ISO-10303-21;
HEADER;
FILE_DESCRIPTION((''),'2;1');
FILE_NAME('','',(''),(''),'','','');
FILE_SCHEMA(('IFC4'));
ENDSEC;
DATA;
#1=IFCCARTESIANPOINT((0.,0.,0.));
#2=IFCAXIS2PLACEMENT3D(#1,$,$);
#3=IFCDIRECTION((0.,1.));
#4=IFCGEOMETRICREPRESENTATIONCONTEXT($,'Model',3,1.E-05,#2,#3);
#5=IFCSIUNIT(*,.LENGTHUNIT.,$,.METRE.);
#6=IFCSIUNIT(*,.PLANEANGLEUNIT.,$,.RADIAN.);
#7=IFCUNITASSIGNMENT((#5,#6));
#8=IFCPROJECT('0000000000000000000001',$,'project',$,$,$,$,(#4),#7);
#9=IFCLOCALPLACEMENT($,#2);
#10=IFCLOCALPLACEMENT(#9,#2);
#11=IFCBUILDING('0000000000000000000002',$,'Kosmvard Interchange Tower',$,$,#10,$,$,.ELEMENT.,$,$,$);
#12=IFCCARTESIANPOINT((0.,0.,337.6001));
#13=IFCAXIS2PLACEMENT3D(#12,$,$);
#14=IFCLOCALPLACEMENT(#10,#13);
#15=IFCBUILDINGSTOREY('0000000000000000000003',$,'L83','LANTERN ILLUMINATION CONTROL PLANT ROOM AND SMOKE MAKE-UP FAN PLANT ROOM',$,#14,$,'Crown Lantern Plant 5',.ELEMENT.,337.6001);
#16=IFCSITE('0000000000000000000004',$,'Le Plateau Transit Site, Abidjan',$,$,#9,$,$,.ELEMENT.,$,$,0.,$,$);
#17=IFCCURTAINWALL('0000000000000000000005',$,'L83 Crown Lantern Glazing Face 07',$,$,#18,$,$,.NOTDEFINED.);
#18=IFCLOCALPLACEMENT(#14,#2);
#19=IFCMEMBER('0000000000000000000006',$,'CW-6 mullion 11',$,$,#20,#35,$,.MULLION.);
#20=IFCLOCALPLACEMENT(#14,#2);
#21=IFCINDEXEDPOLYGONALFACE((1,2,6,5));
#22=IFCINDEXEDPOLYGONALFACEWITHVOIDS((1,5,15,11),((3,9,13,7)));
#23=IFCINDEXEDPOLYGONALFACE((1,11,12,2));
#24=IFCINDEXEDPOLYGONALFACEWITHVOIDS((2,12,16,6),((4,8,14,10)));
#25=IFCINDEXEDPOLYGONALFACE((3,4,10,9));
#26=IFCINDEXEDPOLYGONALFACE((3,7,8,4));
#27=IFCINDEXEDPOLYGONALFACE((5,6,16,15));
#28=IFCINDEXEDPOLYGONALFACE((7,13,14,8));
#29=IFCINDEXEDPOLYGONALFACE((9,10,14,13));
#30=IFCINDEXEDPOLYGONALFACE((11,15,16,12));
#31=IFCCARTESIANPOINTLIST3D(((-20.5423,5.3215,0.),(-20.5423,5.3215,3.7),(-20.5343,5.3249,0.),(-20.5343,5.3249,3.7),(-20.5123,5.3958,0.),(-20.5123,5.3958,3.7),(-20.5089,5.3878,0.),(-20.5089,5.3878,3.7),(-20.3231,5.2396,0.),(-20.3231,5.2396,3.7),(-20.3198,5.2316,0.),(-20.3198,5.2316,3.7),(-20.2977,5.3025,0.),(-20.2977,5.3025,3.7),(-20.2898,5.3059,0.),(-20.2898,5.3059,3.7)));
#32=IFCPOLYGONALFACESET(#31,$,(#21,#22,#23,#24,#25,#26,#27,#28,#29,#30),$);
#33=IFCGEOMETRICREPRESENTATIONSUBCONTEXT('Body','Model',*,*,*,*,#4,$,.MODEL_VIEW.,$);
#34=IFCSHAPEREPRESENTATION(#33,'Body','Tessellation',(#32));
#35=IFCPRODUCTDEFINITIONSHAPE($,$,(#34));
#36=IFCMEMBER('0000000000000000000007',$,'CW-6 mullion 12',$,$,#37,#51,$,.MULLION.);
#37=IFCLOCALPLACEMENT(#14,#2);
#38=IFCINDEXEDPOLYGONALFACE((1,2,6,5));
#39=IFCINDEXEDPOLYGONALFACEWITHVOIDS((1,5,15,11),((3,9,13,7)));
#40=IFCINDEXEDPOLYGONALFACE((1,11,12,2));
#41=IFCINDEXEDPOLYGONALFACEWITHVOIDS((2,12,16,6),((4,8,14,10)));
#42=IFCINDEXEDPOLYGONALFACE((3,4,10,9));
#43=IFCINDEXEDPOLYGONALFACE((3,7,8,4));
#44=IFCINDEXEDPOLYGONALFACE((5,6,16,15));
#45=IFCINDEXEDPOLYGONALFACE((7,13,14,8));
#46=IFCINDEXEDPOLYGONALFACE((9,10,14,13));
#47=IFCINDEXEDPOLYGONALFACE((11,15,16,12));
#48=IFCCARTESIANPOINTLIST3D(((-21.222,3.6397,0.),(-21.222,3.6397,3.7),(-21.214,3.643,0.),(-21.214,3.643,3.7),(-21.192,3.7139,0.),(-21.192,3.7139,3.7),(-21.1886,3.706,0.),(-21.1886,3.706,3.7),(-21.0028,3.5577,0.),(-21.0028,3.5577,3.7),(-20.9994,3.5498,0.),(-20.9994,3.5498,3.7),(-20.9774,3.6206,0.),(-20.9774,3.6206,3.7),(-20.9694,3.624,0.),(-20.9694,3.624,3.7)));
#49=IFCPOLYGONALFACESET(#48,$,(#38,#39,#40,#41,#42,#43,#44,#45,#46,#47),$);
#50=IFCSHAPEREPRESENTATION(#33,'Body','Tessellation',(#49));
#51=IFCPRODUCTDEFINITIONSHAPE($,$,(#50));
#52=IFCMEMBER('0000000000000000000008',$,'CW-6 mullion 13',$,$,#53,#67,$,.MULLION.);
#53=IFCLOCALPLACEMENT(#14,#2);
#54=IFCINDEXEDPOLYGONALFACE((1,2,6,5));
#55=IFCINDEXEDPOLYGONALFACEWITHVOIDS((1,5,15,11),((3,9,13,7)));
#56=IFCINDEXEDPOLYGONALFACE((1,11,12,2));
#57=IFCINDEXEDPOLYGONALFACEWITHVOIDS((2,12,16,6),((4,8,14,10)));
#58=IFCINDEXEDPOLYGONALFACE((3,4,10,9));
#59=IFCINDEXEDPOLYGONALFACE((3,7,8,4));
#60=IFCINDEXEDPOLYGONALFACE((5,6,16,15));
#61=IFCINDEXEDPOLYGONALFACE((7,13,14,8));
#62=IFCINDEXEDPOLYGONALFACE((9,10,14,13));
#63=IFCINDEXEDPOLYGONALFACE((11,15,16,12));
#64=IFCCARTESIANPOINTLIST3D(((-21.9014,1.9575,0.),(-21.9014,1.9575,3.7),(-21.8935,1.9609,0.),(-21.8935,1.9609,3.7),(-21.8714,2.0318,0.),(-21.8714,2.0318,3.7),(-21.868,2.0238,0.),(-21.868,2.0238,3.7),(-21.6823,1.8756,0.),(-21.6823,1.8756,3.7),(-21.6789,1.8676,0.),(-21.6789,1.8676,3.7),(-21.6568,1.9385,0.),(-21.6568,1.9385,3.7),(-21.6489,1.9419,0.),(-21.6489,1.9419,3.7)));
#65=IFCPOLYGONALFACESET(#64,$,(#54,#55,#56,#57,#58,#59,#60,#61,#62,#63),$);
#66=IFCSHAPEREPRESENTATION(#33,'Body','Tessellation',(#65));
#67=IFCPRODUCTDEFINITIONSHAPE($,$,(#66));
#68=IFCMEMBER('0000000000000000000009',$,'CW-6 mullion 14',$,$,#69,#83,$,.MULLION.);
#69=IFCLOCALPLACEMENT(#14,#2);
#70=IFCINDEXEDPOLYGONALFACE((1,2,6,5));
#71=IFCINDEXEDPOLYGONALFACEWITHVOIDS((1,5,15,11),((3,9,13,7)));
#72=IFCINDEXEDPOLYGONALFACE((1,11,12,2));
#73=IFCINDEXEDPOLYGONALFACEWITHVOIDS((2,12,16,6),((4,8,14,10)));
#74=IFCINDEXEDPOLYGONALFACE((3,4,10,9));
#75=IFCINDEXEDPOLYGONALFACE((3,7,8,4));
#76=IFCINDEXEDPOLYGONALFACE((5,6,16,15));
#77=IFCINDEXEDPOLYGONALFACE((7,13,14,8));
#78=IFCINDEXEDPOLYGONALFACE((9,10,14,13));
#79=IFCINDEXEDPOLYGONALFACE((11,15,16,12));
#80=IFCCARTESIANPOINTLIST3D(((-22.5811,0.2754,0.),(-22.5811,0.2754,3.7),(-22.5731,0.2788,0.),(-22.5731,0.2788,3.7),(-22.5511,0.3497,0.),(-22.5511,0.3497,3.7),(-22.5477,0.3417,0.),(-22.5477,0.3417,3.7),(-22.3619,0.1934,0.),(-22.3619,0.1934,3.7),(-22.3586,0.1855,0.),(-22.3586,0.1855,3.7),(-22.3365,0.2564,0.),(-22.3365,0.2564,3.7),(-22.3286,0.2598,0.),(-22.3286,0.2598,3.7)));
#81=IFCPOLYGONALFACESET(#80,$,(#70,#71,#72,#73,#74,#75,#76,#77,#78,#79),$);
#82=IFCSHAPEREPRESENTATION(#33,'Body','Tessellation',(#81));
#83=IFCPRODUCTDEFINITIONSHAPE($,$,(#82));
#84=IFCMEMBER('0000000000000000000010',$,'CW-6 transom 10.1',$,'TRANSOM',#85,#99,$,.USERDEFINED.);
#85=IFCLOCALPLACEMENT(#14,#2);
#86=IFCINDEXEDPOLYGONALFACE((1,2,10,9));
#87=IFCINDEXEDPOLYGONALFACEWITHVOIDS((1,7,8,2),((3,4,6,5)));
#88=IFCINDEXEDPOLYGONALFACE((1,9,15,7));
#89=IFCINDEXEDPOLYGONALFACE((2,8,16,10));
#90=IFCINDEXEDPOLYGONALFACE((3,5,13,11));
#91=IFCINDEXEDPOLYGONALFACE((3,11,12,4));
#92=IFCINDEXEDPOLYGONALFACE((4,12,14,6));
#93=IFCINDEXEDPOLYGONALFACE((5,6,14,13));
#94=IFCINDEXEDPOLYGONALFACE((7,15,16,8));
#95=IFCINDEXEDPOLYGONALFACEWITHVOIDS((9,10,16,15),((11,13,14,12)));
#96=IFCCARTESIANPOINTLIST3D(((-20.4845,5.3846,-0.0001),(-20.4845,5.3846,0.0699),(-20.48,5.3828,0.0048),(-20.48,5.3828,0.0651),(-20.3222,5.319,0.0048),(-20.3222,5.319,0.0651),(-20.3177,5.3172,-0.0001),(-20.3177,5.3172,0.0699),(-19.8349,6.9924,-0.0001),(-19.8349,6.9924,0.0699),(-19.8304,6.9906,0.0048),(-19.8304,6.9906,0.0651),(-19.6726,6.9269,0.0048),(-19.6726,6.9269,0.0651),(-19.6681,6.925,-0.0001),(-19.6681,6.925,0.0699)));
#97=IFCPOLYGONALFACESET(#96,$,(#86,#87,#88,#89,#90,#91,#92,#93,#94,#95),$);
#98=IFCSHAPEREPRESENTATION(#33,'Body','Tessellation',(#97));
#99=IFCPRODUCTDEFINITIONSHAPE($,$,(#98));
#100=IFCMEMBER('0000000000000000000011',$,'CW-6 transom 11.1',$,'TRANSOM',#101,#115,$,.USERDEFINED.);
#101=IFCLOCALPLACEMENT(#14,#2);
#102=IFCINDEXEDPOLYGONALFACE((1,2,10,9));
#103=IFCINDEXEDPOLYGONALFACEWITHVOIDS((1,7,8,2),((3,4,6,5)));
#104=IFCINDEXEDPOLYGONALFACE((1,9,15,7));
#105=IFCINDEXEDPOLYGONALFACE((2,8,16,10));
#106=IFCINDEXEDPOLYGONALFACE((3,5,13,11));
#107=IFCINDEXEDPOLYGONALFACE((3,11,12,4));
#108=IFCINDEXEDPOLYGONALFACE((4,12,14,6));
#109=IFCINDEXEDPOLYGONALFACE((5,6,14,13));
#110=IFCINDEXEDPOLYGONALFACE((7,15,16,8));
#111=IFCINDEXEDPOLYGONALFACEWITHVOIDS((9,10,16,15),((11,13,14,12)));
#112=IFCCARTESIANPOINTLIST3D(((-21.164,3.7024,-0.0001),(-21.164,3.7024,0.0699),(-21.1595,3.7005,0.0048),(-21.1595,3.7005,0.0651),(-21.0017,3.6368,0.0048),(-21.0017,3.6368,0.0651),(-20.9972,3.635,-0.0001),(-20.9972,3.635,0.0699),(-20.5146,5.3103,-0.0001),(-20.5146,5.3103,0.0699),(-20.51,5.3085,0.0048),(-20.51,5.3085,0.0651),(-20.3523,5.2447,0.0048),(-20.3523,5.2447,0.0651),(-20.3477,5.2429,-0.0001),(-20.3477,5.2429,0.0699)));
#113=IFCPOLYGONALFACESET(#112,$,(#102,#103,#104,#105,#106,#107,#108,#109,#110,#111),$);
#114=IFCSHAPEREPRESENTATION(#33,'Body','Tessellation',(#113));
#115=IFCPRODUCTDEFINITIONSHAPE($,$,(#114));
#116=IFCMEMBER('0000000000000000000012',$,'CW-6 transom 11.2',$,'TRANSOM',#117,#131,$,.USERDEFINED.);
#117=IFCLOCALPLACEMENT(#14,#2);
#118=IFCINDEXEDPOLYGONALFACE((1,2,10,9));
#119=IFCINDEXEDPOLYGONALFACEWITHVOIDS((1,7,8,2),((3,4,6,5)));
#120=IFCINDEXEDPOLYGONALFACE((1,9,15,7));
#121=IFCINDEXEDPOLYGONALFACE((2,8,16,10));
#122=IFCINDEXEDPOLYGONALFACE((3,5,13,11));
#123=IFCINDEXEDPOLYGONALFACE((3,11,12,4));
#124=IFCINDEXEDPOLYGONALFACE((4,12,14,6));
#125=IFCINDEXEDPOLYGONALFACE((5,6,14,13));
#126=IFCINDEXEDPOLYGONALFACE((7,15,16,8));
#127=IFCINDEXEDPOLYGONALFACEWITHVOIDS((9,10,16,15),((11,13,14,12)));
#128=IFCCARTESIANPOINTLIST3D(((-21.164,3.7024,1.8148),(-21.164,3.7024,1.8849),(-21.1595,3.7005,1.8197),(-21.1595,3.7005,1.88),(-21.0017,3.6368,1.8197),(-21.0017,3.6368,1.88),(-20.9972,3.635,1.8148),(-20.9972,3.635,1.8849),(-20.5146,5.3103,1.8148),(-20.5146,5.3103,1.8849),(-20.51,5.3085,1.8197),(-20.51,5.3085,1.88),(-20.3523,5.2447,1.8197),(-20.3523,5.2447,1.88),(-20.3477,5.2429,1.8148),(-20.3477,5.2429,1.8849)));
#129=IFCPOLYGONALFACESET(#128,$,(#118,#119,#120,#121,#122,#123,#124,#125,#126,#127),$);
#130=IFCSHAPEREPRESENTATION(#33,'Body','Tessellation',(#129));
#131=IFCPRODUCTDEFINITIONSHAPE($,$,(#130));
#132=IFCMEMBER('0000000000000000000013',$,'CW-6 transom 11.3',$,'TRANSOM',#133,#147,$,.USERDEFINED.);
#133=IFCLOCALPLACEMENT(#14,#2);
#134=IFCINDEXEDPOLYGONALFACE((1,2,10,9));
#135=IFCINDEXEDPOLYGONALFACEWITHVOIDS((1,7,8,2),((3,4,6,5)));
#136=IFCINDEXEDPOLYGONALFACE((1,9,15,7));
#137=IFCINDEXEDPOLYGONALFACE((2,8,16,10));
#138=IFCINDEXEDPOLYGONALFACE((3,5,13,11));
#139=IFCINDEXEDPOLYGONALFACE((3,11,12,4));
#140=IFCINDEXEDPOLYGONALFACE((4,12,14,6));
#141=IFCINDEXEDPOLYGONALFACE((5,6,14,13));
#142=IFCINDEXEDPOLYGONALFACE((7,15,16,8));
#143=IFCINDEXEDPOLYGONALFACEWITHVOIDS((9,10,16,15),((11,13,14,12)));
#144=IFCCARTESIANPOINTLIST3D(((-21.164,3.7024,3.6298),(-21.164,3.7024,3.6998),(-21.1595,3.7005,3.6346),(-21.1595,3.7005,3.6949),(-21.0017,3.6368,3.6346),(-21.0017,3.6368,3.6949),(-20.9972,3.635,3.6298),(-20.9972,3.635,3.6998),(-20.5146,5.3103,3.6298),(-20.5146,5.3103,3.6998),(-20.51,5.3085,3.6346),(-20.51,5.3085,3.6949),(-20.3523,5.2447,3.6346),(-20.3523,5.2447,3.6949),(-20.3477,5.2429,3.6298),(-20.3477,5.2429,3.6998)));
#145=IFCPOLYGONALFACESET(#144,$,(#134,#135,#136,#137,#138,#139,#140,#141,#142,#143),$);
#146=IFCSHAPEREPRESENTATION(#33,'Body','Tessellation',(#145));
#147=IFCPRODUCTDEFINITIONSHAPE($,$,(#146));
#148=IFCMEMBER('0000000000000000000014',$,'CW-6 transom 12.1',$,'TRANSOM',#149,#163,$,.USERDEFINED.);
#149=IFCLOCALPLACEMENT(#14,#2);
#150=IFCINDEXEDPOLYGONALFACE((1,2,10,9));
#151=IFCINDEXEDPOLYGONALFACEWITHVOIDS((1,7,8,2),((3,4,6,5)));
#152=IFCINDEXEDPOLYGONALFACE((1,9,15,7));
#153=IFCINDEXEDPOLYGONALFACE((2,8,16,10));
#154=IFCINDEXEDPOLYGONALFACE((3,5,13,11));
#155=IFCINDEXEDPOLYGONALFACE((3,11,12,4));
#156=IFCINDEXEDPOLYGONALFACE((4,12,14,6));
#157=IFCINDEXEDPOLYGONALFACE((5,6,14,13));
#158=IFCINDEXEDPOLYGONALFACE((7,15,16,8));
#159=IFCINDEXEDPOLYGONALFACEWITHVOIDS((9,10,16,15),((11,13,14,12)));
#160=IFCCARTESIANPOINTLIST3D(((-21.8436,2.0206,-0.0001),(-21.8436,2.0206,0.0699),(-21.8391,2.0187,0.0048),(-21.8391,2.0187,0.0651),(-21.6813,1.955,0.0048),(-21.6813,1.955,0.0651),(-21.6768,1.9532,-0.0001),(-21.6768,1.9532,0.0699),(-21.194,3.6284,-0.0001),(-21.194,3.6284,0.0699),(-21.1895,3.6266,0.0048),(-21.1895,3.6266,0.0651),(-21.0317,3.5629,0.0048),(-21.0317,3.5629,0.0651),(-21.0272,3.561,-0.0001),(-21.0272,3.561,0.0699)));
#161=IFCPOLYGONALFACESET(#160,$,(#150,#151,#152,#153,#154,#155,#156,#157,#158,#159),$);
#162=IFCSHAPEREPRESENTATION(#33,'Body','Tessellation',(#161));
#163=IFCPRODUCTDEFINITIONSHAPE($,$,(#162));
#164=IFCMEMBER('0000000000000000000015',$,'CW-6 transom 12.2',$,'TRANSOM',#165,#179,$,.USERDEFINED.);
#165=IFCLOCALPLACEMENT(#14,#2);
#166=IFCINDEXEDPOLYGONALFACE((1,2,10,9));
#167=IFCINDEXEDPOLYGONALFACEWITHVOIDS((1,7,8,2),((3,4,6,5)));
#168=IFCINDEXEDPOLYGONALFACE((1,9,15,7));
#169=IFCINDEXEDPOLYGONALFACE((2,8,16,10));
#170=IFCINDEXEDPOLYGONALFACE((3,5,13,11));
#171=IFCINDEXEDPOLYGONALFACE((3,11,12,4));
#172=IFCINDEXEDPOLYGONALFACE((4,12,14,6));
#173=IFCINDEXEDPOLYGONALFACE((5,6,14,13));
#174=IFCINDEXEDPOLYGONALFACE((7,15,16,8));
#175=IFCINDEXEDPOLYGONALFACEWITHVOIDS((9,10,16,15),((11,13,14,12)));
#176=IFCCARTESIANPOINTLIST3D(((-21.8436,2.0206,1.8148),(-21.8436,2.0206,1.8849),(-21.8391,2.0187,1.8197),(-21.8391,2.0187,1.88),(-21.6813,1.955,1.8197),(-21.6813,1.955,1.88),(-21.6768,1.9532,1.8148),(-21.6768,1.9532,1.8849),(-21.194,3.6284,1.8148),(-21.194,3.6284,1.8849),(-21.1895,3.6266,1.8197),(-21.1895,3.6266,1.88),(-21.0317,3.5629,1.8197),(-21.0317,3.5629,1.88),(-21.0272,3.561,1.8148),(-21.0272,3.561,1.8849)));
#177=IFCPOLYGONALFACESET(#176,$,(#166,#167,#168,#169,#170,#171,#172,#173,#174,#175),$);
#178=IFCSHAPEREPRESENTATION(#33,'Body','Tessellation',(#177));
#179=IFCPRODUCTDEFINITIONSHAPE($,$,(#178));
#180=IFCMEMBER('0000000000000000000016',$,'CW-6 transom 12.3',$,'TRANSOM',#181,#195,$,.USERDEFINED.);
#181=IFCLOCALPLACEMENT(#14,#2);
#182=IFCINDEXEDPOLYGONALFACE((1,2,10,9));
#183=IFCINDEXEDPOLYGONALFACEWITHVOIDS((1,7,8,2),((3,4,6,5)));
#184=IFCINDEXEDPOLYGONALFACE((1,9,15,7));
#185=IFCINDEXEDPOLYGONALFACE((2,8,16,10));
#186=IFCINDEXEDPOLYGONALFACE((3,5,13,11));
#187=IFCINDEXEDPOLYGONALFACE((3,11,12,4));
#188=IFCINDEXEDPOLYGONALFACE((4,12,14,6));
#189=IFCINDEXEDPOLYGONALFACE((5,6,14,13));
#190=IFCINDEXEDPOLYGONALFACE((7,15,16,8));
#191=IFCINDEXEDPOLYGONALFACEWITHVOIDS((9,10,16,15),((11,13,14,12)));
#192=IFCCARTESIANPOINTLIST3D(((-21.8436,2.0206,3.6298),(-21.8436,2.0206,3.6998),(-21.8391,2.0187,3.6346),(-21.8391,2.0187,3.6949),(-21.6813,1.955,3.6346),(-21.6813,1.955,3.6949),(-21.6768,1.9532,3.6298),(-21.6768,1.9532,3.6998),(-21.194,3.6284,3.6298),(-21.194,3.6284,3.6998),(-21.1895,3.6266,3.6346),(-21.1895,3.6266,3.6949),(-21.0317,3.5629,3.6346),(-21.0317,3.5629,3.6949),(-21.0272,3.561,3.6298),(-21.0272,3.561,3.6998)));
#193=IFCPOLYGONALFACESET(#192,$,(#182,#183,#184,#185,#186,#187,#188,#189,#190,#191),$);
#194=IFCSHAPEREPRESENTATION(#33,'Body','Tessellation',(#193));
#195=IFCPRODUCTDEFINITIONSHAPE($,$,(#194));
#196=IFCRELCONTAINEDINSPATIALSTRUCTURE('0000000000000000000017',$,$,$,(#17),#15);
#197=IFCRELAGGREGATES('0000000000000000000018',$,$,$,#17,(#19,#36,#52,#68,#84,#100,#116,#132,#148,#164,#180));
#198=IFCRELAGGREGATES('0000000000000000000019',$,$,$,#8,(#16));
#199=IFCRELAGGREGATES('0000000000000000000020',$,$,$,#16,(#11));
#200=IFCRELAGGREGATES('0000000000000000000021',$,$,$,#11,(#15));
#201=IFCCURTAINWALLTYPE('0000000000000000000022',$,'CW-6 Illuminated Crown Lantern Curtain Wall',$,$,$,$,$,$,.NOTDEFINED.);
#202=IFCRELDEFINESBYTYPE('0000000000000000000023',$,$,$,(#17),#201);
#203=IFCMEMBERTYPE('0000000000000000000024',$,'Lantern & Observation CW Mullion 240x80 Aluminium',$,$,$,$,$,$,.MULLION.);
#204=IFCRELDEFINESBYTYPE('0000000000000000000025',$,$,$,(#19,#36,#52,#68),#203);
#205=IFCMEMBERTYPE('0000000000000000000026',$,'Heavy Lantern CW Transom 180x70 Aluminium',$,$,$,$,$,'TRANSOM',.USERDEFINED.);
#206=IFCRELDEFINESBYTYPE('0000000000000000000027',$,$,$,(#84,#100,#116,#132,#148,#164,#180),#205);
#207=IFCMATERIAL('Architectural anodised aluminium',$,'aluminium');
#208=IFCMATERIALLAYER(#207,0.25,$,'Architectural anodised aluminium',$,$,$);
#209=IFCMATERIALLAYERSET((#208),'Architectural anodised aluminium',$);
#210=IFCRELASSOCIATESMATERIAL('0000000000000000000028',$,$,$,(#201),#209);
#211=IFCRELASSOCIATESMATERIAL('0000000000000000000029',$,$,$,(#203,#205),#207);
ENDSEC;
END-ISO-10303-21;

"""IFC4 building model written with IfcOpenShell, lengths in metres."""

from ifc_helpers import new_model, si_unit, direction, frame, origin, origin_2d, place, context, subcontext, project, spatial, hollow_rectangle, extrude, source, transform, mapped, material, layer, layer_set, material_profile, profile_set, type_object, element, aggregate, save


model = new_model("IFC4")

# Units and contexts
model_context = context("Model", 3, precision=1e-05, world=origin(), true_north=direction((0.0, 1.0)))
body_context = subcontext(model_context, "Body", "Model", "MODEL_VIEW")
ifc_project = project(units=[si_unit("LENGTHUNIT", "METRE"), si_unit("PLANEANGLEUNIT", "RADIAN")], contexts=[model_context])

# Site, building, storey
site_placement = place(None, origin())
site = spatial("IfcSite", under=ifc_project, at=site_placement, Name="Le Plateau Transit Site, Abidjan", CompositionType="ELEMENT", RefElevation=0.0)
building_placement = place(site_placement, origin())
building = spatial("IfcBuilding", under=site, at=building_placement, Name="Kosmvard Interchange Tower", CompositionType="ELEMENT")
storey_placement = place(building_placement, frame((0.0, 0.0, 337.6001)))
storey = spatial("IfcBuildingStorey", under=building, at=storey_placement, Name="L83", Description="LANTERN ILLUMINATION CONTROL PLANT ROOM AND SMOKE MAKE-UP FAN PLANT ROOM", LongName="Crown Lantern Plant 5", CompositionType="ELEMENT", Elevation=337.6001)

# Curtain wall, members
ifc_material_1 = material(Name="Architectural anodised aluminium", Category="aluminium")
ifc_layer_1 = layer(ifc_material_1, 0.25, Name="Architectural anodised aluminium")
ifc_layer_set_1 = layer_set([ifc_layer_1], Name="Architectural anodised aluminium")
curtain_wall_type = type_object("IfcCurtainWallType", Name="CW-6 Illuminated Crown Lantern Curtain Wall", PredefinedType="NOTDEFINED", material=ifc_layer_set_1)
curtain_wall_placement = place(storey_placement, origin())
curtain_wall = element("IfcCurtainWall", 1, at=curtain_wall_placement, inside=storey, type_object=curtain_wall_type, Name="L83 Crown Lantern Glazing Face 07", PredefinedType="NOTDEFINED")
ifc_material_profile_1 = material_profile(ifc_material_1, hollow_rectangle(XDim=0.24, YDim=0.0801, WallThickness=0.0061, at=origin_2d()), Name="CWM 240x80x6")
ifc_profile_set_1 = profile_set([ifc_material_profile_1], Name="Architectural anodised aluminium")
member_type_1 = type_object("IfcMemberType", Name="Lantern & Observation CW Mullion 240x80 Aluminium", PredefinedType="MULLION", material=ifc_profile_set_1)
shared_shape_1 = source(origin(), body_context, "Body", "SweptSolid", [
    extrude(hollow_rectangle(XDim=0.24, YDim=0.0801, WallThickness=0.0061, at=origin_2d()), origin(), (0.0, 0.0, 1.0), 3.7),
])
member_1_placement = place(storey_placement, frame((-20.416, 5.3137, 0.0), z_axis=(0.0, 0.0, 1.0), x_axis=(0.927184, -0.374607, 0.0)))
member_1 = element("IfcMember", 2, at=member_1_placement, type_object=member_type_1, Name="CW-6 mullion 11", PredefinedType="MULLION", context=body_context, shape_type="MappedRepresentation", body=[
    mapped(shared_shape_1, transform((0.0, 0.0, 0.0), scale=1.0)),
])
member_2_placement = place(storey_placement, frame((-21.0957, 3.6318, 0.0), z_axis=(0.0, 0.0, 1.0), x_axis=(0.927184, -0.374607, 0.0)))
member_2 = element("IfcMember", 3, at=member_2_placement, type_object=member_type_1, Name="CW-6 mullion 12", PredefinedType="MULLION", context=body_context, shape_type="MappedRepresentation", body=[
    mapped(shared_shape_1, transform((0.0, 0.0, 0.0), scale=1.0)),
])
member_3_placement = place(storey_placement, frame((-21.7751, 1.9497, 0.0), z_axis=(0.0, 0.0, 1.0), x_axis=(0.927184, -0.374607, 0.0)))
member_3 = element("IfcMember", 4, at=member_3_placement, type_object=member_type_1, Name="CW-6 mullion 13", PredefinedType="MULLION", context=body_context, shape_type="MappedRepresentation", body=[
    mapped(shared_shape_1, transform((0.0, 0.0, 0.0), scale=1.0)),
])
member_4_placement = place(storey_placement, frame((-22.4548, 0.2676, 0.0), z_axis=(0.0, 0.0, 1.0), x_axis=(0.927184, -0.374607, 0.0)))
member_4 = element("IfcMember", 5, at=member_4_placement, type_object=member_type_1, Name="CW-6 mullion 14", PredefinedType="MULLION", context=body_context, shape_type="MappedRepresentation", body=[
    mapped(shared_shape_1, transform((0.0, 0.0, 0.0), scale=1.0)),
])
ifc_material_profile_2 = material_profile(ifc_material_1, hollow_rectangle(XDim=0.1799, YDim=0.0701, WallThickness=0.0049, at=origin_2d()), Name="CWT 180x70x5")
ifc_profile_set_2 = profile_set([ifc_material_profile_2], Name="Architectural anodised aluminium")
member_type_2 = type_object("IfcMemberType", Name="Heavy Lantern CW Transom 180x70 Aluminium", ElementType="TRANSOM", PredefinedType="USERDEFINED", material=ifc_profile_set_2)
shared_shape_2 = source(origin(), body_context, "Body", "SweptSolid", [
    extrude(hollow_rectangle(XDim=0.1799, YDim=0.0701, WallThickness=0.0049, at=origin_2d()), origin(), (0.0, 0.0, 1.0), 1.7341),
])
member_5_placement = place(storey_placement, frame((-19.7515, 6.9587, 0.0349), z_axis=(-0.374617, -0.92718, 0.0), x_axis=(0.92718, -0.374617, 0.0)))
member_5 = element("IfcMember", 6, at=member_5_placement, type_object=member_type_2, Name="CW-6 transom 10.1", ObjectType="TRANSOM", PredefinedType="USERDEFINED", context=body_context, shape_type="MappedRepresentation", body=[
    mapped(shared_shape_2, transform((0.0, 0.0, 0.0), scale=1.0)),
])
member_6_placement = place(storey_placement, frame((-20.4312, 5.2766, 0.0349), z_axis=(-0.374496, -0.927229, 0.0), x_axis=(0.927229, -0.374496, 0.0)))
member_6 = element("IfcMember", 7, at=member_6_placement, type_object=member_type_2, Name="CW-6 transom 11.1", ObjectType="TRANSOM", PredefinedType="USERDEFINED", context=body_context, shape_type="MappedRepresentation", body=[
    mapped(shared_shape_2, transform((0.0, 0.0, 0.0), scale=1.0)),
])
member_7_placement = place(storey_placement, frame((-20.4312, 5.2766, 1.8499), z_axis=(-0.374496, -0.927229, 0.0), x_axis=(0.927229, -0.374496, 0.0)))
member_7 = element("IfcMember", 8, at=member_7_placement, type_object=member_type_2, Name="CW-6 transom 11.2", ObjectType="TRANSOM", PredefinedType="USERDEFINED", context=body_context, shape_type="MappedRepresentation", body=[
    mapped(shared_shape_2, transform((0.0, 0.0, 0.0), scale=1.0)),
])
member_8_placement = place(storey_placement, frame((-20.4312, 5.2766, 3.6648), z_axis=(-0.374496, -0.927229, 0.0), x_axis=(0.927229, -0.374496, 0.0)))
member_8 = element("IfcMember", 9, at=member_8_placement, type_object=member_type_2, Name="CW-6 transom 11.3", ObjectType="TRANSOM", PredefinedType="USERDEFINED", context=body_context, shape_type="MappedRepresentation", body=[
    mapped(shared_shape_2, transform((0.0, 0.0, 0.0), scale=1.0)),
])
member_9_placement = place(storey_placement, frame((-21.1106, 3.5947, 0.0349), z_axis=(-0.374617, -0.92718, 0.0), x_axis=(0.92718, -0.374617, 0.0)))
member_9 = element("IfcMember", 10, at=member_9_placement, type_object=member_type_2, Name="CW-6 transom 12.1", ObjectType="TRANSOM", PredefinedType="USERDEFINED", context=body_context, shape_type="MappedRepresentation", body=[
    mapped(shared_shape_2, transform((0.0, 0.0, 0.0), scale=1.0)),
])
member_10_placement = place(storey_placement, frame((-21.1106, 3.5947, 1.8499), z_axis=(-0.374617, -0.92718, 0.0), x_axis=(0.92718, -0.374617, 0.0)))
member_10 = element("IfcMember", 11, at=member_10_placement, type_object=member_type_2, Name="CW-6 transom 12.2", ObjectType="TRANSOM", PredefinedType="USERDEFINED", context=body_context, shape_type="MappedRepresentation", body=[
    mapped(shared_shape_2, transform((0.0, 0.0, 0.0), scale=1.0)),
])
member_11_placement = place(storey_placement, frame((-21.1106, 3.5947, 3.6648), z_axis=(-0.374617, -0.92718, 0.0), x_axis=(0.92718, -0.374617, 0.0)))
member_11 = element("IfcMember", 12, at=member_11_placement, type_object=member_type_2, Name="CW-6 transom 12.3", ObjectType="TRANSOM", PredefinedType="USERDEFINED", context=body_context, shape_type="MappedRepresentation", body=[
    mapped(shared_shape_2, transform((0.0, 0.0, 0.0), scale=1.0)),
])
aggregate(curtain_wall, [member_1, member_2, member_3, member_4, member_5, member_6, member_7, member_8, member_9, member_10, member_11])

save(model, "model.ifc")
